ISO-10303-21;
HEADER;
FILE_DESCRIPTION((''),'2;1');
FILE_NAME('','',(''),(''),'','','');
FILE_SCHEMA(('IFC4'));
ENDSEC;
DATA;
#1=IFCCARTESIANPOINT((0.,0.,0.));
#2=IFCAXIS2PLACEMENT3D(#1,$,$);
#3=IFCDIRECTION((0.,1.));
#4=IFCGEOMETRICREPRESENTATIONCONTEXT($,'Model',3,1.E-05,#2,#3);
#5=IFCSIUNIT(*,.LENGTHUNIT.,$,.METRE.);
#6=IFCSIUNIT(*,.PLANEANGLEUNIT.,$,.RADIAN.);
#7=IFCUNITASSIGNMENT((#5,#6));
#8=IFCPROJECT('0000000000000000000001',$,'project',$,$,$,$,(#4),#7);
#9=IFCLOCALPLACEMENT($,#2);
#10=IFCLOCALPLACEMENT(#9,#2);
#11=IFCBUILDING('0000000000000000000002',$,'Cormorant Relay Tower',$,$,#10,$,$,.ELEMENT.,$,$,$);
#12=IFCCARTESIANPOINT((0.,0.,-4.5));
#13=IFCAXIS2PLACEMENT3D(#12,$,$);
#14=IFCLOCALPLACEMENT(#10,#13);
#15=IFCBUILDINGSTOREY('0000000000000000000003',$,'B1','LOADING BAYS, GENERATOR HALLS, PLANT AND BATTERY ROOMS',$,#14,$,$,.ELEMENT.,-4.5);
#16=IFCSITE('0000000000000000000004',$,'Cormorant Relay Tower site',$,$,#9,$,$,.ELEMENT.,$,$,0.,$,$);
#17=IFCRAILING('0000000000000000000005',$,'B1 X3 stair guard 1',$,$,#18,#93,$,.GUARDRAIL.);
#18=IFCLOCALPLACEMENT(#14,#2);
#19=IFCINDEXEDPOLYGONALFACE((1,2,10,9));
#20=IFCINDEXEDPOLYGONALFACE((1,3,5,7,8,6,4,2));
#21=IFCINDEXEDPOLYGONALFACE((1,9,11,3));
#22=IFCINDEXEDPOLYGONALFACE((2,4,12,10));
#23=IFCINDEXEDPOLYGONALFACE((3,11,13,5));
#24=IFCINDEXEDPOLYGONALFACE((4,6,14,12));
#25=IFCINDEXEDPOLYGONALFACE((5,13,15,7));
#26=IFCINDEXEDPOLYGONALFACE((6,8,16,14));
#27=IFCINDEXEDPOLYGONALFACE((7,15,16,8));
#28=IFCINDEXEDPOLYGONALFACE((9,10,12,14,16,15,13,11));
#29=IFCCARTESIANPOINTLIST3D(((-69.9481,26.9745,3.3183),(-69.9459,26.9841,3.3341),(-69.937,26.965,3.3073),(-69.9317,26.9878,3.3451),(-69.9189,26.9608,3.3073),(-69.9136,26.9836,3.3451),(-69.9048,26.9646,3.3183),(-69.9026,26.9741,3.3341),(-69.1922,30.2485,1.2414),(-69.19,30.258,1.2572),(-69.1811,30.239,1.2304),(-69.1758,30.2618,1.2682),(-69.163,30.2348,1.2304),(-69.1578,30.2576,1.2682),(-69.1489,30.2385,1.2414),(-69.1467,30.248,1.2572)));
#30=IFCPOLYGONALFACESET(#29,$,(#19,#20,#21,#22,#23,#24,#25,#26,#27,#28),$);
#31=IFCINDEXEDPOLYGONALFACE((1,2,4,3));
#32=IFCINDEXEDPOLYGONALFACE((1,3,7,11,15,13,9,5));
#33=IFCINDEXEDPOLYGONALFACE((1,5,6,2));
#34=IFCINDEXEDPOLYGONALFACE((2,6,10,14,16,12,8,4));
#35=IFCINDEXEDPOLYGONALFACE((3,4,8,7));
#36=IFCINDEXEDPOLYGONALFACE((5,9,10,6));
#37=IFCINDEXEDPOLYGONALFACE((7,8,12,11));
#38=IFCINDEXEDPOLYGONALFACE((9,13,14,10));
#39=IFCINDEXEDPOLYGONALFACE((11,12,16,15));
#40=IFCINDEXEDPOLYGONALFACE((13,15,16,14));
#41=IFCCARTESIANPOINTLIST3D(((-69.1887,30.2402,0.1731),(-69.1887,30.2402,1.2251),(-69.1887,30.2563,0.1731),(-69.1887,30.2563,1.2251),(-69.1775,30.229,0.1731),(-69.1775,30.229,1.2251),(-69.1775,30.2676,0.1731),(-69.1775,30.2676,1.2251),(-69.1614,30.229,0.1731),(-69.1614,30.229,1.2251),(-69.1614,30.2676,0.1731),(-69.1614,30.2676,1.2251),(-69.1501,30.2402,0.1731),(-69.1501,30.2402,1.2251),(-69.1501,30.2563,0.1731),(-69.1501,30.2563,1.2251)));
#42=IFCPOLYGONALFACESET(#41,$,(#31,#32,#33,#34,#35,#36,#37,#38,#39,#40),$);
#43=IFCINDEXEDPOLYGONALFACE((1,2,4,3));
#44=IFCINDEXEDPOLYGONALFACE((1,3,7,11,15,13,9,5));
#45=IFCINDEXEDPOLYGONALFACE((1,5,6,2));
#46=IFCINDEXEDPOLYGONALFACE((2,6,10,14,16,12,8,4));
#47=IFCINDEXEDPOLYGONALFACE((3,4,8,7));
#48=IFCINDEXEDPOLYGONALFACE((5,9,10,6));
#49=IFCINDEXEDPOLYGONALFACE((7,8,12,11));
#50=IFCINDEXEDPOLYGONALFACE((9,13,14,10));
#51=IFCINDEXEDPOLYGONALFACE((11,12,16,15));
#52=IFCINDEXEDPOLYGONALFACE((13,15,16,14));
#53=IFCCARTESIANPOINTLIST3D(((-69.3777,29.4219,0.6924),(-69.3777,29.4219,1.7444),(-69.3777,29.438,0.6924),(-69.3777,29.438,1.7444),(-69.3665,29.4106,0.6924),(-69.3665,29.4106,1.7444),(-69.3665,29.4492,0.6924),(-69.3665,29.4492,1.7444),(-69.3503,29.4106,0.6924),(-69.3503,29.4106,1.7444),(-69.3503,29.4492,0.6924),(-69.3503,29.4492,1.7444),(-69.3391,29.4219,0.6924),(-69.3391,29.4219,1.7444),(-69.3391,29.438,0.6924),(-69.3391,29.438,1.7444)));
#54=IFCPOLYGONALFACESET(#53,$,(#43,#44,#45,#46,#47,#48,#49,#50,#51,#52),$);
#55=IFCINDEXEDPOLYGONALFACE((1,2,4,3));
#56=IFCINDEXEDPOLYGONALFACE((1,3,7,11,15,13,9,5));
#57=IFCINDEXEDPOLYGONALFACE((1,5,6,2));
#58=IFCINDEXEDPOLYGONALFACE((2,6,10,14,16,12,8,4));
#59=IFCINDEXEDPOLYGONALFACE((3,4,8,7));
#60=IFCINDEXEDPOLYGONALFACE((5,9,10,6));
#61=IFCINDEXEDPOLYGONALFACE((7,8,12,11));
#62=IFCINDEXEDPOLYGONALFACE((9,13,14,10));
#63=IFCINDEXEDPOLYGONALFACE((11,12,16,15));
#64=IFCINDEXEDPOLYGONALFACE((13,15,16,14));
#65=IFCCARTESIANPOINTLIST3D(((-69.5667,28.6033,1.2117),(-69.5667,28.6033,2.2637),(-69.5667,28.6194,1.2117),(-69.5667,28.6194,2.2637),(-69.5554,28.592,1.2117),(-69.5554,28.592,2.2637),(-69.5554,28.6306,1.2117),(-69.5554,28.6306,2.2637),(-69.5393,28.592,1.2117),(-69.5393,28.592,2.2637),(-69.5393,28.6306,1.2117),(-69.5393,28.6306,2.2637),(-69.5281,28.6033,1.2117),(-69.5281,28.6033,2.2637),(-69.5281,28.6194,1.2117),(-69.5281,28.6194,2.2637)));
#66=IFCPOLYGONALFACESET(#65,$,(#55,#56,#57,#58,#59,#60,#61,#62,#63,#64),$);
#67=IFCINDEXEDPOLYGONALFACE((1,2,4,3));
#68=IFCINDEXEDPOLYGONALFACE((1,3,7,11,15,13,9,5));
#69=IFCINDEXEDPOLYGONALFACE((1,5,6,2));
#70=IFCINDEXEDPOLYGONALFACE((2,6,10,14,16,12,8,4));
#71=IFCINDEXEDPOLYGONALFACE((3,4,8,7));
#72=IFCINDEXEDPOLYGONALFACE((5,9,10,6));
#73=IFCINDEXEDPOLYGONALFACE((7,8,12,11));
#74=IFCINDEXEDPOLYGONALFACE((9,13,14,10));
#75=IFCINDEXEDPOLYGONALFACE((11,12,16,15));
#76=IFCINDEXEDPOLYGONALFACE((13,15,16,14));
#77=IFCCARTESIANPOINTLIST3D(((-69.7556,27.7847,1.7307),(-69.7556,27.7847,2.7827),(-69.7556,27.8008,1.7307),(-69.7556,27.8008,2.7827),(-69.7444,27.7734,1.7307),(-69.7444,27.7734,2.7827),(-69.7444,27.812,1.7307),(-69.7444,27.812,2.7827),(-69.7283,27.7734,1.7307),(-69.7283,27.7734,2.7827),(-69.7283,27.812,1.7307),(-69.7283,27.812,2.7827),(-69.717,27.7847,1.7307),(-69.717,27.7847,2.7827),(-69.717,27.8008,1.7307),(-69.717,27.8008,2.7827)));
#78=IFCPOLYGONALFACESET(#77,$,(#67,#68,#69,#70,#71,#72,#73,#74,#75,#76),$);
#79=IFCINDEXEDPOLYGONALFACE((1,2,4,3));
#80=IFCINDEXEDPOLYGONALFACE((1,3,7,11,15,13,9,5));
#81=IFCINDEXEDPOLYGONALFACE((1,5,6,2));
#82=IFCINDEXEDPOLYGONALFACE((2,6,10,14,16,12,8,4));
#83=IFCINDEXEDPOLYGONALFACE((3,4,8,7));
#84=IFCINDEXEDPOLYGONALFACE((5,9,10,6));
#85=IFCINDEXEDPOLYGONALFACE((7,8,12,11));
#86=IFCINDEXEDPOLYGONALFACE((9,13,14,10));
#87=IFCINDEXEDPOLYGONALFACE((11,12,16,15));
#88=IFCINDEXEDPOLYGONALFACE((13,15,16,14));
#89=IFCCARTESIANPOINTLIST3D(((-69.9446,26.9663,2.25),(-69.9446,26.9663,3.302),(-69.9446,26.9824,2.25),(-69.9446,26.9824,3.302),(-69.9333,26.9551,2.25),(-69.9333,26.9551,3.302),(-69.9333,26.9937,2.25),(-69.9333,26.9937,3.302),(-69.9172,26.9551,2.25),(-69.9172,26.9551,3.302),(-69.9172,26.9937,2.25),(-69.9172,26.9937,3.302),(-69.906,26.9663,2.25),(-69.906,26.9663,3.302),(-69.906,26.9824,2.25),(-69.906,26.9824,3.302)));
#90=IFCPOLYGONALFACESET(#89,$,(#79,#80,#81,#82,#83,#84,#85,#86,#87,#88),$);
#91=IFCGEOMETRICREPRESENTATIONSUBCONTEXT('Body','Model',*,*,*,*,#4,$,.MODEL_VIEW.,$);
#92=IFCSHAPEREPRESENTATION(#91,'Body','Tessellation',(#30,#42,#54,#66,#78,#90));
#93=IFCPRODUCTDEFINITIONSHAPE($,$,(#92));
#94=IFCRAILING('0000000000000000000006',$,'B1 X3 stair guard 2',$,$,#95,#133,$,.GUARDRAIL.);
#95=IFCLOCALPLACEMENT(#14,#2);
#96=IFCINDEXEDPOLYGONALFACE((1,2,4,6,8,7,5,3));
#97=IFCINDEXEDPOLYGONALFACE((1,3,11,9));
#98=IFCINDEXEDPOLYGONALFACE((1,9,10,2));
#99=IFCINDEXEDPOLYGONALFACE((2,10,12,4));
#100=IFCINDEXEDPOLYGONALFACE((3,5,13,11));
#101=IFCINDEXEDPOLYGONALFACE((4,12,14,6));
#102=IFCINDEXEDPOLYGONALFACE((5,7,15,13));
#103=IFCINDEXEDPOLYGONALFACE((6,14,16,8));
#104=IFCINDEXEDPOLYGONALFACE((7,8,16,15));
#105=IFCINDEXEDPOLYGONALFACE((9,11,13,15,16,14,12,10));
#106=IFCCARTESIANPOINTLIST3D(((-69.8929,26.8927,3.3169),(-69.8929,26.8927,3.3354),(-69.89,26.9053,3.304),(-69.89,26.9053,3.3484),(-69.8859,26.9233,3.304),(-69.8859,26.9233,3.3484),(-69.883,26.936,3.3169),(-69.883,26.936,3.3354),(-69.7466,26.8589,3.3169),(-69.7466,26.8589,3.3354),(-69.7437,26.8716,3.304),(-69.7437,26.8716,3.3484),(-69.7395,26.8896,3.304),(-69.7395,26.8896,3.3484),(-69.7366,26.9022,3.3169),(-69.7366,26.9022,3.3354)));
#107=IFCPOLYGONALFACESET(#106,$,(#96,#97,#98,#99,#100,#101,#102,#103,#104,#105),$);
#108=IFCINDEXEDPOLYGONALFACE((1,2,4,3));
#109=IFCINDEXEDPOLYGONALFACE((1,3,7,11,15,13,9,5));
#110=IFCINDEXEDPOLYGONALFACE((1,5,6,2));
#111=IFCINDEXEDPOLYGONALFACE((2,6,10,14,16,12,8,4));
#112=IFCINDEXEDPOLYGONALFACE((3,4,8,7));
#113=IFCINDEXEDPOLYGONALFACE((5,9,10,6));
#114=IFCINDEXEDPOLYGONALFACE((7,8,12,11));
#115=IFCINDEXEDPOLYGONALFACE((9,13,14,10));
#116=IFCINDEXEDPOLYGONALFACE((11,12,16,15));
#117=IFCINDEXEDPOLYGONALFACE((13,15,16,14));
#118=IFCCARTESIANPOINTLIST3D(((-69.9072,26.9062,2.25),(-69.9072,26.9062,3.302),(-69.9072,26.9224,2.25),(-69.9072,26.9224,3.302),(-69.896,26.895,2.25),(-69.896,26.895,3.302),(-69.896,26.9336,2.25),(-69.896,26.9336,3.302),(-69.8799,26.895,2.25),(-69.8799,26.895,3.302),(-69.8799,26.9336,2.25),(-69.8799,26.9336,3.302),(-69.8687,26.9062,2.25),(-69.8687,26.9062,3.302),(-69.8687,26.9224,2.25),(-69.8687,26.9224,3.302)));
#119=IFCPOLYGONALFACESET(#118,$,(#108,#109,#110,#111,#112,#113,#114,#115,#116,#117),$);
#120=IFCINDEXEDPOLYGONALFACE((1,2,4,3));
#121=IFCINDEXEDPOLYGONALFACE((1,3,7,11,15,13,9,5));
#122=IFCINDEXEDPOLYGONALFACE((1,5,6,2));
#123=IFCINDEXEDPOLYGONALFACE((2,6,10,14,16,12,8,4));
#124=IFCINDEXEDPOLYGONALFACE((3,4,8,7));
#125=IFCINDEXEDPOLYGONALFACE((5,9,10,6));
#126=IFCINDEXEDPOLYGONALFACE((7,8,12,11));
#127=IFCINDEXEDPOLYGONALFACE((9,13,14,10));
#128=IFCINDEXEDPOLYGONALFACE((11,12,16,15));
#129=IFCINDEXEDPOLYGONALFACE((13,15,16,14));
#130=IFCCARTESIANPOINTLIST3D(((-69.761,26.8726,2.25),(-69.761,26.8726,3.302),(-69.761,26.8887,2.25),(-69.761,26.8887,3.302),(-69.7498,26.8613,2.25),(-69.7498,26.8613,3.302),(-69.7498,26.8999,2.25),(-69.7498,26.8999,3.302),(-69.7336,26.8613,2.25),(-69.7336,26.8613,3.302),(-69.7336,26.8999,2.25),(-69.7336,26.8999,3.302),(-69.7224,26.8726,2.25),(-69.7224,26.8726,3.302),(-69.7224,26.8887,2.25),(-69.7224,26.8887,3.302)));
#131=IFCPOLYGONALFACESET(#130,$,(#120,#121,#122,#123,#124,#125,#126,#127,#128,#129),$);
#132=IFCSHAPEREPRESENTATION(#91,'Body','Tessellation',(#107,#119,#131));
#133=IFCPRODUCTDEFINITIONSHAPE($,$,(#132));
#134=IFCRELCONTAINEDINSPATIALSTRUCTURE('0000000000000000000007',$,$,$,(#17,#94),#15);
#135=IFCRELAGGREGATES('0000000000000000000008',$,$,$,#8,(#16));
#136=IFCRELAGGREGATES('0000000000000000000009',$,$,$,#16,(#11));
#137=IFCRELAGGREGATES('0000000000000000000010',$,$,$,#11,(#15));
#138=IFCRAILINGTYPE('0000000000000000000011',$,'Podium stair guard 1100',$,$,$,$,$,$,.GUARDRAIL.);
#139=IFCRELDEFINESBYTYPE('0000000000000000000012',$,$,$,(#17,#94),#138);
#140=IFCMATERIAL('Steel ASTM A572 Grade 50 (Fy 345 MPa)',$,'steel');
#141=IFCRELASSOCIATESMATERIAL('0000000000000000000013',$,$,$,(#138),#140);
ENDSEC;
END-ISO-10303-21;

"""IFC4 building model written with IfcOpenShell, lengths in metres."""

from ifc_helpers import new_model, si_unit, direction, frame, origin, place, context, subcontext, project, spatial, polyline, outline, extrude, material, type_object, element, save


model = new_model("IFC4")

# Units and contexts
model_context = context("Model", 3, precision=1e-05, world=origin(), true_north=direction((0.0, 1.0)))
body_context = subcontext(model_context, "Body", "Model", "MODEL_VIEW")
ifc_project = project(units=[si_unit("LENGTHUNIT", "METRE"), si_unit("PLANEANGLEUNIT", "RADIAN")], contexts=[model_context])

# Site, building, storey
site_placement = place(None, origin())
site = spatial("IfcSite", under=ifc_project, at=site_placement, Name="Cormorant Relay Tower site", CompositionType="ELEMENT", RefElevation=0.0)
building_placement = place(site_placement, origin())
building = spatial("IfcBuilding", under=site, at=building_placement, Name="Cormorant Relay Tower", CompositionType="ELEMENT")
storey_placement = place(building_placement, frame((0.0, 0.0, -4.5)))
storey = spatial("IfcBuildingStorey", under=building, at=storey_placement, Name="B1", Description="LOADING BAYS, GENERATOR HALLS, PLANT AND BATTERY ROOMS", CompositionType="ELEMENT", Elevation=-4.5)

# Railings
ifc_material_1 = material(Name="Steel ASTM A572 Grade 50 (Fy 345 MPa)", Category="steel")
railing_type_1 = type_object("IfcRailingType", Name="Podium stair guard 1100", PredefinedType="GUARDRAIL", material=ifc_material_1)
railing_1_placement = place(storey_placement, frame((-69.1694, 30.2483, 0.1731)))
element("IfcRailing", 1, at=railing_1_placement, inside=storey, type_object=railing_type_1, Name="B1 X3 stair guard 1", PredefinedType="GUARDRAIL", context=body_context, shape_type="SweptSolid", body=[
    extrude(outline(polyline([(0.0222, 0.0093), (0.0093, 0.0222), (-0.0093, 0.0222), (-0.0222, 0.0093), (-0.0222, -0.0093), (-0.0093, -0.0222), (0.0093, -0.0222), (0.0222, -0.0093), (0.0222, 0.0093)])), frame((0.0, 0.0, 1.0762), z_axis=(-0.191351, -0.828817, 0.525783), x_axis=(0.974369, -0.224955, 0.0)), (0.0, 0.0, 1.0), 3.9502),
    extrude(outline(polyline([(0.0193, 0.0081), (0.0081, 0.0193), (-0.0081, 0.0193), (-0.0193, 0.0081), (-0.0193, -0.0081), (-0.0081, -0.0193), (0.0081, -0.0193), (0.0193, -0.0081), (0.0193, 0.0081)])), origin(), (0.0, 0.0, 1.0), 1.052),
    extrude(outline(polyline([(0.0193, 0.0081), (0.0081, 0.0193), (-0.0081, 0.0193), (-0.0193, 0.0081), (-0.0193, -0.0081), (-0.0081, -0.0193), (0.0081, -0.0193), (0.0193, -0.0081), (0.0193, 0.0081)])), frame((-0.189, -0.8184, 0.5193)), (0.0, 0.0, 1.0), 1.052),
    extrude(outline(polyline([(0.0193, 0.0081), (0.0081, 0.0193), (-0.0081, 0.0193), (-0.0193, 0.0081), (-0.0193, -0.0081), (-0.0081, -0.0193), (0.0081, -0.0193), (0.0193, -0.0081), (0.0193, 0.0081)])), frame((-0.3779, -1.637, 1.0386)), (0.0, 0.0, 1.0), 1.052),
    extrude(outline(polyline([(0.0193, 0.0081), (0.0081, 0.0193), (-0.0081, 0.0193), (-0.0193, 0.0081), (-0.0193, -0.0081), (-0.0081, -0.0193), (0.0081, -0.0193), (0.0193, -0.0081), (0.0193, 0.0081)])), frame((-0.5669, -2.4556, 1.5576)), (0.0, 0.0, 1.0), 1.052),
    extrude(outline(polyline([(0.0193, 0.0081), (0.0081, 0.0193), (-0.0081, 0.0193), (-0.0193, 0.0081), (-0.0193, -0.0081), (-0.0081, -0.0193), (0.0081, -0.0193), (0.0193, -0.0081), (0.0193, 0.0081)])), frame((-0.7559, -3.2739, 2.0769)), (0.0, 0.0, 1.0), 1.052),
])
railing_2_placement = place(storey_placement, frame((-69.8879, 26.9143, 2.25)))
element("IfcRailing", 2, at=railing_2_placement, inside=storey, type_object=railing_type_1, Name="B1 X3 stair guard 2", PredefinedType="GUARDRAIL", context=body_context, shape_type="SweptSolid", body=[
    extrude(outline(polyline([(0.0222, 0.0093), (0.0093, 0.0222), (-0.0093, 0.0222), (-0.0222, 0.0093), (-0.0222, -0.0093), (-0.0093, -0.0222), (0.0093, -0.0222), (0.0222, -0.0093), (0.0222, 0.0093)])), frame((0.0, 0.0, 1.0762), z_axis=(0.974473, -0.224503, 0.0), x_axis=(0.224503, 0.974473, 0.0)), (0.0, 0.0, 1.0), 0.1501),
    extrude(outline(polyline([(0.0193, 0.0081), (0.0081, 0.0193), (-0.0081, 0.0193), (-0.0193, 0.0081), (-0.0193, -0.0081), (-0.0081, -0.0193), (0.0081, -0.0193), (0.0193, -0.0081), (0.0193, 0.0081)])), origin(), (0.0, 0.0, 1.0), 1.052),
    extrude(outline(polyline([(0.0193, 0.0081), (0.0081, 0.0193), (-0.0081, 0.0193), (-0.0193, 0.0081), (-0.0193, -0.0081), (-0.0081, -0.0193), (0.0081, -0.0193), (0.0193, -0.0081), (0.0193, 0.0081)])), frame((0.1462, -0.0337, 0.0)), (0.0, 0.0, 1.0), 1.052),
])

save(model, "model.ifc")
